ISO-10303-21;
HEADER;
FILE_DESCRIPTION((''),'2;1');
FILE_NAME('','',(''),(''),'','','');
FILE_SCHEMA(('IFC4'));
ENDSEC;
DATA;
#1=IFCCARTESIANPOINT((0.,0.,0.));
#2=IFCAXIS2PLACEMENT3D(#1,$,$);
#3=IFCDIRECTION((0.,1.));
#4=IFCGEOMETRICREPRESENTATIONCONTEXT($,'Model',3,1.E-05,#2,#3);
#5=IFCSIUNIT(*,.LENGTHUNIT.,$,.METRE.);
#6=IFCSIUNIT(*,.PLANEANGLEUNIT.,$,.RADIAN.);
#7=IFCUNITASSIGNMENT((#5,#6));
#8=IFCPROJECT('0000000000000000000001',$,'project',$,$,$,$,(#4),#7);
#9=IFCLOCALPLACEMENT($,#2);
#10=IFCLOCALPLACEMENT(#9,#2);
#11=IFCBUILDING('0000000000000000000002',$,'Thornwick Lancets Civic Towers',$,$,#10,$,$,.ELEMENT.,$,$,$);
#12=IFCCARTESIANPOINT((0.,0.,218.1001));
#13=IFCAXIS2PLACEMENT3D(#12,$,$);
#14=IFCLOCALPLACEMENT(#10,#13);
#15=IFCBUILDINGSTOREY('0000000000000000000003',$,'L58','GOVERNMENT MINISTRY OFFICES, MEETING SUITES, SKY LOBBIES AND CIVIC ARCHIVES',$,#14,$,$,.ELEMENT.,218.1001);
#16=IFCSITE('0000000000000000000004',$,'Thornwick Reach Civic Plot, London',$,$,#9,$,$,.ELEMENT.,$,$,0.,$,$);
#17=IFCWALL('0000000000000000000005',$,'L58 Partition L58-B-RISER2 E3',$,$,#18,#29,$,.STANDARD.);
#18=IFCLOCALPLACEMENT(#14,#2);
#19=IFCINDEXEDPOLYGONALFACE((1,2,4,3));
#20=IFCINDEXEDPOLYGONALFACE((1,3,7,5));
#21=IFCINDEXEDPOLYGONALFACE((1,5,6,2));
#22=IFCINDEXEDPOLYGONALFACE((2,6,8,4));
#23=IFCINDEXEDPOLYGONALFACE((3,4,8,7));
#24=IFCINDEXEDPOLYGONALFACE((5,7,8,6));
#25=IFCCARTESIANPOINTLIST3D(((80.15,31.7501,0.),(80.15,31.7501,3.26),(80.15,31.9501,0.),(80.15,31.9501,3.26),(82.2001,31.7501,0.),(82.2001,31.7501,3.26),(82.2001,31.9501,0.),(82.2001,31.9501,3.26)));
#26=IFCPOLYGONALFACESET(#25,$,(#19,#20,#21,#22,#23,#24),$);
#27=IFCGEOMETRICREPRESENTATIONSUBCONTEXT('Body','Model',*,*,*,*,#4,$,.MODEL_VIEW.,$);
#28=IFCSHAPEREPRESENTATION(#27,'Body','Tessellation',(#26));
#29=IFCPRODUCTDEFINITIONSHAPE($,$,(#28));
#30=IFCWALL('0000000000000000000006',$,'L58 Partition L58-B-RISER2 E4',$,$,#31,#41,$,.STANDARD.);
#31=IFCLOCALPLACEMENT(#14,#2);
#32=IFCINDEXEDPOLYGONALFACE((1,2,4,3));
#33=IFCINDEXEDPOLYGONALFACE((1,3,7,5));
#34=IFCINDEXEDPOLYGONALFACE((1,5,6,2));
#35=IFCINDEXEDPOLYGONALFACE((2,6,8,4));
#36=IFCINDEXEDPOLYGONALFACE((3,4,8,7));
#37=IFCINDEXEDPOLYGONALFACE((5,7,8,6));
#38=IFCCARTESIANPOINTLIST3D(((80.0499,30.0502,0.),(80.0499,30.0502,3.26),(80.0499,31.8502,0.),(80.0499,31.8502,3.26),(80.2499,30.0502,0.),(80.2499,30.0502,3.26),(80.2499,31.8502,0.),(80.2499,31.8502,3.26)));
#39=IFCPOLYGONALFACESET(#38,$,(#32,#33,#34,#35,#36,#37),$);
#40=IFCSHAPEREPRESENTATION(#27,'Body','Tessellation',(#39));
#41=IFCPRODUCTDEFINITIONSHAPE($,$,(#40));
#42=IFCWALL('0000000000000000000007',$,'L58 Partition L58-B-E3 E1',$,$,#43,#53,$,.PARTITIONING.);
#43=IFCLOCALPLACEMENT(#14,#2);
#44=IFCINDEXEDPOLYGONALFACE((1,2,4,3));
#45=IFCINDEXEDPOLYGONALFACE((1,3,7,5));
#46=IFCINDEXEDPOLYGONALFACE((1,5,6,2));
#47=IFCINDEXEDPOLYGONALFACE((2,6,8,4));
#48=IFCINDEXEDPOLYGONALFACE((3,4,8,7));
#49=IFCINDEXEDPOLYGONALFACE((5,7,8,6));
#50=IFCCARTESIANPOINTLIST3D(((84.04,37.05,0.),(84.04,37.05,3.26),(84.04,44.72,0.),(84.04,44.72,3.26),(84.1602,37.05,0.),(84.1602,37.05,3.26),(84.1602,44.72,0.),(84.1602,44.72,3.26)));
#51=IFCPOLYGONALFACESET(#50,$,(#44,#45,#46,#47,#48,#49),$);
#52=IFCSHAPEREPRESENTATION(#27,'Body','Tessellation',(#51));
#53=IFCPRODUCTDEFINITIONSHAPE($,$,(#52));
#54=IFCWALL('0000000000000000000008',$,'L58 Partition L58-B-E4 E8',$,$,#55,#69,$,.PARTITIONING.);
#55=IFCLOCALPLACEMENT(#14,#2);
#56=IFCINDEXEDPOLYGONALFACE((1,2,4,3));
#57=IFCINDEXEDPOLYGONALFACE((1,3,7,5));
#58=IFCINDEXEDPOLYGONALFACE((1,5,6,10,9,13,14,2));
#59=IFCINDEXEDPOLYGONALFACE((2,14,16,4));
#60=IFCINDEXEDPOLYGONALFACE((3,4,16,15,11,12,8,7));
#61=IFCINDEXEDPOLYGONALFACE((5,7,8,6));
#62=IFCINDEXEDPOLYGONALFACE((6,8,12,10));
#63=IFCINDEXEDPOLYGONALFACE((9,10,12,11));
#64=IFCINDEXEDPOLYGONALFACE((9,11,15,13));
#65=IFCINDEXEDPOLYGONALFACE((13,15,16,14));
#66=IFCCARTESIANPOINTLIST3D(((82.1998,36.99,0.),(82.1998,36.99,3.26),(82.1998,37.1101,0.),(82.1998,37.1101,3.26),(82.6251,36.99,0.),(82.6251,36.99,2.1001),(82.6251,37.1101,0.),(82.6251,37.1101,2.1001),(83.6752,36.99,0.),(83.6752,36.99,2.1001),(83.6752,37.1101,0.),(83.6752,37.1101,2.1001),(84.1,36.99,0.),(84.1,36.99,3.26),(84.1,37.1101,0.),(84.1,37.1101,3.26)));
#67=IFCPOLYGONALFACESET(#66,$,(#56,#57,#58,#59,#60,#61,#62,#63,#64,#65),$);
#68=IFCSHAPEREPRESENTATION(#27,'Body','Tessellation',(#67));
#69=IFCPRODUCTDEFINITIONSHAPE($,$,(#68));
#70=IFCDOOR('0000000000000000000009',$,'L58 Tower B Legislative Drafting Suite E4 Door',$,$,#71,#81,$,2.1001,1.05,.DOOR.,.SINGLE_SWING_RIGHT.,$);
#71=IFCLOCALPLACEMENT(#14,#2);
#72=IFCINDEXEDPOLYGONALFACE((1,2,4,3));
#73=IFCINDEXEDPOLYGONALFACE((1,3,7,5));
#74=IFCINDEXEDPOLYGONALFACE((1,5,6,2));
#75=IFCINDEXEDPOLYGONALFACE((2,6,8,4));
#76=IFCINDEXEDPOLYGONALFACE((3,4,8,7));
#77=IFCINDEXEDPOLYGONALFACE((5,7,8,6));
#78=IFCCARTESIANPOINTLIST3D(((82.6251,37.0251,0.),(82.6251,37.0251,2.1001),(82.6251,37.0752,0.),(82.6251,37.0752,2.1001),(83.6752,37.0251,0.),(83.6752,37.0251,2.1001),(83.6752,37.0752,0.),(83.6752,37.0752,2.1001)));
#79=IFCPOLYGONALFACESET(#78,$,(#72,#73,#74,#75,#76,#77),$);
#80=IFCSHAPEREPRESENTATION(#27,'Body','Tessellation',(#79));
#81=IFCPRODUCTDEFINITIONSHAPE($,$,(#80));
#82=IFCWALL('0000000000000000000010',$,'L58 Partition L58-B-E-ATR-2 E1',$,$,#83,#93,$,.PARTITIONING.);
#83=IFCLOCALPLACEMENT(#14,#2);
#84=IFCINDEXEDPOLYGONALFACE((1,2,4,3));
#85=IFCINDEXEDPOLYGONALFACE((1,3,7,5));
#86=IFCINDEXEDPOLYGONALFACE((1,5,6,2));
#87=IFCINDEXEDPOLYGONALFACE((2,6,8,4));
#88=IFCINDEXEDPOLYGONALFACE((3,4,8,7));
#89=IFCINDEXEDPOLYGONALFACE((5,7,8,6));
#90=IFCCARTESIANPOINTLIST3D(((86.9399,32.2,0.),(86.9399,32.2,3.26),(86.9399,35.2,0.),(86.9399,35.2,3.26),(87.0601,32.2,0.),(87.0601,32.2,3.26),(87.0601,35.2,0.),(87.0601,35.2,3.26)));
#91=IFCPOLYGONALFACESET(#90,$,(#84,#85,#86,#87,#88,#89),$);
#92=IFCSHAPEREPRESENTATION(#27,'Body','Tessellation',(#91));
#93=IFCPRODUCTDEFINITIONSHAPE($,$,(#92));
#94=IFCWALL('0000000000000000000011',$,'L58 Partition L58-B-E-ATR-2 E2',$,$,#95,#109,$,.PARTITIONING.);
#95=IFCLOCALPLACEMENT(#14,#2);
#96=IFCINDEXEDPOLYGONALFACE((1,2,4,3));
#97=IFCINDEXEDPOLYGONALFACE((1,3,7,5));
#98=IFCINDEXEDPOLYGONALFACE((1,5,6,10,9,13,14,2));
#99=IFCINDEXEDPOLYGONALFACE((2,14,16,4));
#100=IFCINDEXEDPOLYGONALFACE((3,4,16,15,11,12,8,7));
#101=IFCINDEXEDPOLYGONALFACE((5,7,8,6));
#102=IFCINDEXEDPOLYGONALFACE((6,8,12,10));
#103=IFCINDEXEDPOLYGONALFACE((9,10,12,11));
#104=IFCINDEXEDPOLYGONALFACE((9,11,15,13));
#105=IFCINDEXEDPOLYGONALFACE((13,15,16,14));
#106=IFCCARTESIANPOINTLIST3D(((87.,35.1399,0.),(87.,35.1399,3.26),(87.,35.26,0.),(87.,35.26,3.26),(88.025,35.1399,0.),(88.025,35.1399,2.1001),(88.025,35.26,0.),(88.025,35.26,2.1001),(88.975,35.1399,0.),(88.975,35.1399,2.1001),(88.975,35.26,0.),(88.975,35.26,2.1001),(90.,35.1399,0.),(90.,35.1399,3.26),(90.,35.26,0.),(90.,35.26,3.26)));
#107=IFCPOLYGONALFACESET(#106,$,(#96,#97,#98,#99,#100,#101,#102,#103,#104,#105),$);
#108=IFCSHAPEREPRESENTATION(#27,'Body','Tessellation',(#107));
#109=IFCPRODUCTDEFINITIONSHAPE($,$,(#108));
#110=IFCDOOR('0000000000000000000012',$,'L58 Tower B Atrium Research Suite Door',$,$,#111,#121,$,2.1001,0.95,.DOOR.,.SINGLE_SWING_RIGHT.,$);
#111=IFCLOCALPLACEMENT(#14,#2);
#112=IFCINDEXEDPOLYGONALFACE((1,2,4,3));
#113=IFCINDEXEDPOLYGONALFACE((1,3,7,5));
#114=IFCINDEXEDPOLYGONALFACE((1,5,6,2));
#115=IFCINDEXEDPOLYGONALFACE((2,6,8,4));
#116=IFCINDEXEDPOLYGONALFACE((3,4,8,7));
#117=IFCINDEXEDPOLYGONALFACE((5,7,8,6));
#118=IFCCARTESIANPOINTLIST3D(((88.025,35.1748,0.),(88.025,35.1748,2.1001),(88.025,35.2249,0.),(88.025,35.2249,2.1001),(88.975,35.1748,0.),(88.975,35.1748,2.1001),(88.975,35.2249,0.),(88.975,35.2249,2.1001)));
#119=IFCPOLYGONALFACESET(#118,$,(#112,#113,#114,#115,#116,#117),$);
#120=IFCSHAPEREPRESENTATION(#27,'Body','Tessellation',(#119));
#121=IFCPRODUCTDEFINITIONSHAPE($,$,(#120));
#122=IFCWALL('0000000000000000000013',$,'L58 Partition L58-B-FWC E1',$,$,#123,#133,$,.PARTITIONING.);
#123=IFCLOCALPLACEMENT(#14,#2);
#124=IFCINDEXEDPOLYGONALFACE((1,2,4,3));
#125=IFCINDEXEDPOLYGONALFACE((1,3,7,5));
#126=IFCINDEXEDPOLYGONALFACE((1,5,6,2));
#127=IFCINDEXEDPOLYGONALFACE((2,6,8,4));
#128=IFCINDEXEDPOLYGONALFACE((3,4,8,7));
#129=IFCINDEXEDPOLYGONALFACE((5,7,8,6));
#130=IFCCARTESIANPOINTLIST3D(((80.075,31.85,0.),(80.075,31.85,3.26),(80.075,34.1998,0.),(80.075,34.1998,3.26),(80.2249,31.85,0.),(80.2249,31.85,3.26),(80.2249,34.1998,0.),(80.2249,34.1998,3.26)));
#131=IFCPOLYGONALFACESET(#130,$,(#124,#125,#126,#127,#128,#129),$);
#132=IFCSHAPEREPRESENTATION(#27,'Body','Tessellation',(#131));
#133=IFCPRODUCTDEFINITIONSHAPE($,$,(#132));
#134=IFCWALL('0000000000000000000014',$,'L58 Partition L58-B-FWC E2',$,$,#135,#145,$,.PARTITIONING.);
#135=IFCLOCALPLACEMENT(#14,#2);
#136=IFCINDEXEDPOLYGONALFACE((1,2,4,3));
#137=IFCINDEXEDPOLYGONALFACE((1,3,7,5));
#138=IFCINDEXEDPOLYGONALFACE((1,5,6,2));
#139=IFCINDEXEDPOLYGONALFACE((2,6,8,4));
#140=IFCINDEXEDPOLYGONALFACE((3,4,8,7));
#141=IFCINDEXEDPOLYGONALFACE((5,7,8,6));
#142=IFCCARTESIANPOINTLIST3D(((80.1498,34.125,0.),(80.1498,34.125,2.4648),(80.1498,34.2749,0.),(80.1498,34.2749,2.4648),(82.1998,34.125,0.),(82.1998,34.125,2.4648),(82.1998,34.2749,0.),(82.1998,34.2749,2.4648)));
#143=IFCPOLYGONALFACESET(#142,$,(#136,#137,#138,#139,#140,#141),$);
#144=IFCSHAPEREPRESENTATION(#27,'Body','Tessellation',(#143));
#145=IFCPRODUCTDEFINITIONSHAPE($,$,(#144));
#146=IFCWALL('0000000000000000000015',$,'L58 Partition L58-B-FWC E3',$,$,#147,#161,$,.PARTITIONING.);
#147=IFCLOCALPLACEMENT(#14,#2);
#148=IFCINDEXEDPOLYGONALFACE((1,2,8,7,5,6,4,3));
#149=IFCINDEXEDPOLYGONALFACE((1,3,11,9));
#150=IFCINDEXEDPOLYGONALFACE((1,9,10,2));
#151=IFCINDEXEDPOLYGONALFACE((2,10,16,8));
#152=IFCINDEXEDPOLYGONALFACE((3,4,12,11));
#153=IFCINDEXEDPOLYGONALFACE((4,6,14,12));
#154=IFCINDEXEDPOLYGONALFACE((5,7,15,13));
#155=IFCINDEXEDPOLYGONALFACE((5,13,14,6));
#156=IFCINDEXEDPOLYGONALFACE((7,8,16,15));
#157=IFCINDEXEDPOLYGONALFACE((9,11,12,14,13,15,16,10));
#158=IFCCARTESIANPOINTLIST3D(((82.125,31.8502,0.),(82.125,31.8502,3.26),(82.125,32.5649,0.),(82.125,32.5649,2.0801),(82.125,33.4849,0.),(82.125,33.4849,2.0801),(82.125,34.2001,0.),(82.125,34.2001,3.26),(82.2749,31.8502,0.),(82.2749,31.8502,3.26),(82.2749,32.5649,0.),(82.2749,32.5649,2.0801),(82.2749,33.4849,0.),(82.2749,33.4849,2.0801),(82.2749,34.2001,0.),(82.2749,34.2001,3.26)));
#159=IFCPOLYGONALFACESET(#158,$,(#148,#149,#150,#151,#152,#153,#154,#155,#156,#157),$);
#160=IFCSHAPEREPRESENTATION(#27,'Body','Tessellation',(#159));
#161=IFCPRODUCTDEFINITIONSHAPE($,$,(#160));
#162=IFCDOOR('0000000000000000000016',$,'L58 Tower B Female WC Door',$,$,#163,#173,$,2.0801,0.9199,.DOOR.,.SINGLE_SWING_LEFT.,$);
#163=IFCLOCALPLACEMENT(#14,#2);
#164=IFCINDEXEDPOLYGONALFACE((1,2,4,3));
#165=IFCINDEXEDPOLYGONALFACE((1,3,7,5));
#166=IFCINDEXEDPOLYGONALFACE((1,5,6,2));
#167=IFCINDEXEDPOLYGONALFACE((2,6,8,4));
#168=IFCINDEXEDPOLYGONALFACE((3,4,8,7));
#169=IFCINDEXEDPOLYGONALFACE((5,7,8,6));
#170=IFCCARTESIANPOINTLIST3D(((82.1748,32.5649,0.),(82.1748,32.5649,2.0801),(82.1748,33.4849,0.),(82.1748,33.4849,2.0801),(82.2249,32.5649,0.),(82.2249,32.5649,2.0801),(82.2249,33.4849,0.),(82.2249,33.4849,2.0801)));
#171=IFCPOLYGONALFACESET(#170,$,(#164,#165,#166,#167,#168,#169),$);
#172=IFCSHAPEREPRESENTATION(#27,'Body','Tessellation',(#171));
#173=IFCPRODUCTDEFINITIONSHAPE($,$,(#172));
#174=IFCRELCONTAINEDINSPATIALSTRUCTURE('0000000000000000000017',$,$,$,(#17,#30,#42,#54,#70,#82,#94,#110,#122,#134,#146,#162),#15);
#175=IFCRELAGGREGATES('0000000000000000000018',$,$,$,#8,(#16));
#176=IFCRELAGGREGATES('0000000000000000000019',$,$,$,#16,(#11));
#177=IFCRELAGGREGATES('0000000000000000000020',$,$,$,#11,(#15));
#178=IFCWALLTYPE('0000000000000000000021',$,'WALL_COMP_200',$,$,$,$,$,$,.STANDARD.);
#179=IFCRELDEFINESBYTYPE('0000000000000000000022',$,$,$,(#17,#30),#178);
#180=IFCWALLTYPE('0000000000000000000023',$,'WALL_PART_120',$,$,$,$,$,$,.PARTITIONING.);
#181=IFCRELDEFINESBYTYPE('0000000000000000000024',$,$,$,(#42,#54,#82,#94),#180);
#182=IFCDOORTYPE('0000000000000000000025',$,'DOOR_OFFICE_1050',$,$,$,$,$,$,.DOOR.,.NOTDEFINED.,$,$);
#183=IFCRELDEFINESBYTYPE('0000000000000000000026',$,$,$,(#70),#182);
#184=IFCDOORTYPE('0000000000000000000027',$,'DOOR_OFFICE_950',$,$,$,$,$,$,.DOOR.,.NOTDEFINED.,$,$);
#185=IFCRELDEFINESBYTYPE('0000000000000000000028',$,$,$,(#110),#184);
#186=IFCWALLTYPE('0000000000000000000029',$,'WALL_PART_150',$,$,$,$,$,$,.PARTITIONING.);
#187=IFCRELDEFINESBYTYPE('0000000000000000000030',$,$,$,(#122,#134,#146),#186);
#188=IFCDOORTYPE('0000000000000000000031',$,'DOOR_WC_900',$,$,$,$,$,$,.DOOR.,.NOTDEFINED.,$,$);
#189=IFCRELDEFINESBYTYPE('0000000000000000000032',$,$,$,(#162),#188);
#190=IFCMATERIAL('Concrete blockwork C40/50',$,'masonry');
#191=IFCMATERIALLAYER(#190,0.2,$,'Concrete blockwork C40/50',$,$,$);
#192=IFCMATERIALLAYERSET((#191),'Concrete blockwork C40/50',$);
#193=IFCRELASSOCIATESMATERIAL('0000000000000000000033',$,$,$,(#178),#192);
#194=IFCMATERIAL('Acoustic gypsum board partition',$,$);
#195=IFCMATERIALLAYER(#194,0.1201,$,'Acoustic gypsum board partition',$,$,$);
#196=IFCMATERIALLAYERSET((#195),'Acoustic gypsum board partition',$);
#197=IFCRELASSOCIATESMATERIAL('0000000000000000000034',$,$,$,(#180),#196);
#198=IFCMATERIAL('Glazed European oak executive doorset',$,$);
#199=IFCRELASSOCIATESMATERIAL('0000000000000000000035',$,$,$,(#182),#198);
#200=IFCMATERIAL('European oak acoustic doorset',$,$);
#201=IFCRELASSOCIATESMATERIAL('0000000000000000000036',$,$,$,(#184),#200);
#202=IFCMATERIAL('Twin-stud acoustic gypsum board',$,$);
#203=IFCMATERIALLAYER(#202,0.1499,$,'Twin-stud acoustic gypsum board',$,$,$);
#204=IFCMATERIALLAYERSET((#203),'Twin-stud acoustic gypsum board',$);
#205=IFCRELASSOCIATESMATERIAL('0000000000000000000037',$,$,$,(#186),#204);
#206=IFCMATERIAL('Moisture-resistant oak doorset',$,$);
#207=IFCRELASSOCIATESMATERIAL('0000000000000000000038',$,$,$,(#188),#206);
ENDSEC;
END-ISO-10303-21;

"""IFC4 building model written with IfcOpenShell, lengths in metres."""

from ifc_helpers import new_model, si_unit, direction, frame, frame_2d, origin, place, context, subcontext, project, spatial, rectangle, extrude, material, layer, layer_set, type_object, element, fill, save


model = new_model("IFC4")

# Units and contexts
model_context = context("Model", 3, precision=1e-05, world=origin(), true_north=direction((0.0, 1.0)))
body_context = subcontext(model_context, "Body", "Model", "MODEL_VIEW")
ifc_project = project(units=[si_unit("LENGTHUNIT", "METRE"), si_unit("PLANEANGLEUNIT", "RADIAN")], contexts=[model_context])

# Site, building, storey
site_placement = place(None, origin())
site = spatial("IfcSite", under=ifc_project, at=site_placement, Name="Thornwick Reach Civic Plot, London", CompositionType="ELEMENT", RefElevation=0.0)
building_placement = place(site_placement, origin())
building = spatial("IfcBuilding", under=site, at=building_placement, Name="Thornwick Lancets Civic Towers", CompositionType="ELEMENT")
storey_placement = place(building_placement, frame((0.0, 0.0, 218.1001)))
storey = spatial("IfcBuildingStorey", under=building, at=storey_placement, Name="L58", Description="GOVERNMENT MINISTRY OFFICES, MEETING SUITES, SKY LOBBIES AND CIVIC ARCHIVES", CompositionType="ELEMENT", Elevation=218.1001)

# Shared definitions
ifc_material_1 = material(Name="Concrete blockwork C40/50", Category="masonry")
ifc_layer_1 = layer(ifc_material_1, 0.2, Name="Concrete blockwork C40/50")
ifc_layer_set_1 = layer_set([ifc_layer_1], Name="Concrete blockwork C40/50")
wall_type_1 = type_object("IfcWallType", Name="WALL_COMP_200", PredefinedType="STANDARD", material=ifc_layer_set_1)

# Walls
wall_1_placement = place(storey_placement, frame((82.2, 31.8501, 0.0), z_axis=(0.0, 0.0, 1.0), x_axis=(-1.0, 0.0, 0.0)))
element("IfcWall", 1, at=wall_1_placement, inside=storey, type_object=wall_type_1, Name="L58 Partition L58-B-RISER2 E3", PredefinedType="STANDARD", context=body_context, shape_type="SweptSolid", body=[
    extrude(rectangle(XDim=2.05, YDim=0.2, at=frame_2d((1.0249, 0.0))), origin(), (0.0, 0.0, 1.0), 3.26),
])
wall_2_placement = place(storey_placement, frame((80.1499, 31.8501, 0.0), z_axis=(0.0, 0.0, 1.0), x_axis=(0.0, -1.0, 0.0)))
element("IfcWall", 2, at=wall_2_placement, inside=storey, type_object=wall_type_1, Name="L58 Partition L58-B-RISER2 E4", PredefinedType="STANDARD", context=body_context, shape_type="SweptSolid", body=[
    extrude(rectangle(XDim=1.8, YDim=0.2, at=frame_2d((0.8999, 0.0))), origin(), (0.0, 0.0, 1.0), 3.26),
])
ifc_material_2 = material(Name="Acoustic gypsum board partition")
ifc_layer_2 = layer(ifc_material_2, 0.1201, Name="Acoustic gypsum board partition")
ifc_layer_set_2 = layer_set([ifc_layer_2], Name="Acoustic gypsum board partition")
wall_type_2 = type_object("IfcWallType", Name="WALL_PART_120", PredefinedType="PARTITIONING", material=ifc_layer_set_2)
wall_3_placement = place(storey_placement, frame((84.1001, 37.05, 0.0), z_axis=(0.0, 0.0, 1.0), x_axis=(0.0, 1.0, 0.0)))
element("IfcWall", 3, at=wall_3_placement, inside=storey, type_object=wall_type_2, Name="L58 Partition L58-B-E3 E1", PredefinedType="PARTITIONING", context=body_context, shape_type="SweptSolid", body=[
    extrude(rectangle(XDim=7.6699, YDim=0.1201, at=frame_2d((3.835, 0.0))), origin(), (0.0, 0.0, 1.0), 3.26),
])

# Wall, opening, door
wall_4_placement = place(storey_placement, frame((84.1001, 37.05, 0.0), z_axis=(0.0, 0.0, 1.0), x_axis=(-1.0, 0.0, 0.0)))
wall_4 = element("IfcWall", 4, at=wall_4_placement, inside=storey, type_object=wall_type_2, Name="L58 Partition L58-B-E4 E8", PredefinedType="PARTITIONING", context=body_context, shape_type="SweptSolid", body=[
    extrude(rectangle(XDim=1.9001, YDim=0.1201, at=frame_2d((0.9502, 0.0))), origin(), (0.0, 0.0, 1.0), 3.26),
])
opening_1_placement = place(wall_4_placement, frame((0.425, 0.0, 0.0)))
opening_1 = element("IfcOpeningElement", 5, at=opening_1_placement, cuts=wall_4, PredefinedType="OPENING", context=body_context, shape_type="SweptSolid", body=[
    extrude(rectangle(XDim=1.05, YDim=2.1001, at=frame_2d((0.5249, 1.05))), frame((0.0, 0.0701, 0.0), z_axis=(0.0, -1.0, 0.0), x_axis=(1.0, 0.0, 0.0)), (0.0, 0.0, 1.0), 0.1401),
])
ifc_material_3 = material(Name="Glazed European oak executive doorset")
door_type_1 = type_object("IfcDoorType", Name="DOOR_OFFICE_1050", OperationType="NOTDEFINED", PredefinedType="DOOR", material=ifc_material_3)
door_1_placement = place(opening_1_placement, origin())
door_1 = element("IfcDoor", 6, at=door_1_placement, inside=storey, type_object=door_type_1, Name="L58 Tower B Legislative Drafting Suite E4 Door", OperationType="SINGLE_SWING_RIGHT", OverallHeight=2.1001, OverallWidth=1.05, PredefinedType="DOOR", context=body_context, shape_type="SweptSolid", body=[
    extrude(rectangle(XDim=1.05, YDim=2.1001, at=frame_2d((0.5249, 1.05))), frame((0.0, 0.0249, 0.0), z_axis=(0.0, -1.0, 0.0), x_axis=(1.0, 0.0, 0.0)), (0.0, 0.0, 1.0), 0.05),
])
fill(opening_1, door_1)

# Wall
wall_5_placement = place(storey_placement, frame((87.0, 32.2, 0.0), z_axis=(0.0, 0.0, 1.0), x_axis=(0.0, 1.0, 0.0)))
element("IfcWall", 7, at=wall_5_placement, inside=storey, type_object=wall_type_2, Name="L58 Partition L58-B-E-ATR-2 E1", PredefinedType="PARTITIONING", context=body_context, shape_type="SweptSolid", body=[
    extrude(rectangle(XDim=3.0, YDim=0.1201, at=frame_2d((1.5, 0.0))), origin(), (0.0, 0.0, 1.0), 3.26),
])

# Wall, opening, door
wall_6_placement = place(storey_placement, frame((87.0, 35.2, 0.0), z_axis=(0.0, 0.0, 1.0), x_axis=(1.0, 0.0, 0.0)))
wall_6 = element("IfcWall", 8, at=wall_6_placement, inside=storey, type_object=wall_type_2, Name="L58 Partition L58-B-E-ATR-2 E2", PredefinedType="PARTITIONING", context=body_context, shape_type="SweptSolid", body=[
    extrude(rectangle(XDim=3.0, YDim=0.1201, at=frame_2d((1.5, 0.0))), origin(), (0.0, 0.0, 1.0), 3.26),
])
opening_2_placement = place(wall_6_placement, frame((1.0249, 0.0, 0.0)))
opening_2 = element("IfcOpeningElement", 9, at=opening_2_placement, cuts=wall_6, PredefinedType="OPENING", context=body_context, shape_type="SweptSolid", body=[
    extrude(rectangle(XDim=0.95, YDim=2.1001, at=frame_2d((0.4751, 1.05))), frame((0.0, 0.0701, 0.0), z_axis=(0.0, -1.0, 0.0), x_axis=(1.0, 0.0, 0.0)), (0.0, 0.0, 1.0), 0.1401),
])
ifc_material_4 = material(Name="European oak acoustic doorset")
door_type_2 = type_object("IfcDoorType", Name="DOOR_OFFICE_950", OperationType="NOTDEFINED", PredefinedType="DOOR", material=ifc_material_4)
door_2_placement = place(opening_2_placement, origin())
door_2 = element("IfcDoor", 10, at=door_2_placement, inside=storey, type_object=door_type_2, Name="L58 Tower B Atrium Research Suite Door", OperationType="SINGLE_SWING_RIGHT", OverallHeight=2.1001, OverallWidth=0.95, PredefinedType="DOOR", context=body_context, shape_type="SweptSolid", body=[
    extrude(rectangle(XDim=0.95, YDim=2.1001, at=frame_2d((0.4751, 1.05))), frame((0.0, 0.0249, 0.0), z_axis=(0.0, -1.0, 0.0), x_axis=(1.0, 0.0, 0.0)), (0.0, 0.0, 1.0), 0.05),
])
fill(opening_2, door_2)

# Walls
ifc_material_5 = material(Name="Twin-stud acoustic gypsum board")
ifc_layer_3 = layer(ifc_material_5, 0.1499, Name="Twin-stud acoustic gypsum board")
ifc_layer_set_3 = layer_set([ifc_layer_3], Name="Twin-stud acoustic gypsum board")
wall_type_3 = type_object("IfcWallType", Name="WALL_PART_150", PredefinedType="PARTITIONING", material=ifc_layer_set_3)
wall_7_placement = place(storey_placement, frame((80.1499, 31.8501, 0.0), z_axis=(0.0, 0.0, 1.0), x_axis=(0.0, 1.0, 0.0)))
element("IfcWall", 11, at=wall_7_placement, inside=storey, type_object=wall_type_3, Name="L58 Partition L58-B-FWC E1", PredefinedType="PARTITIONING", context=body_context, shape_type="SweptSolid", body=[
    extrude(rectangle(XDim=2.3499, YDim=0.1499, at=frame_2d((1.1748, 0.0))), origin(), (0.0, 0.0, 1.0), 3.26),
])
wall_8_placement = place(storey_placement, frame((80.1499, 34.2, 0.0), z_axis=(0.0, 0.0, 1.0), x_axis=(1.0, 0.0, 0.0)))
element("IfcWall", 12, at=wall_8_placement, inside=storey, type_object=wall_type_3, Name="L58 Partition L58-B-FWC E2", PredefinedType="PARTITIONING", context=body_context, shape_type="SweptSolid", body=[
    extrude(rectangle(XDim=2.05, YDim=0.1499, at=frame_2d((1.0249, 0.0))), origin(), (0.0, 0.0, 1.0), 2.4648),
])

# Wall, opening, door
wall_9_placement = place(storey_placement, frame((82.2, 34.2, 0.0), z_axis=(0.0, 0.0, 1.0), x_axis=(0.0, -1.0, 0.0)))
wall_9 = element("IfcWall", 13, at=wall_9_placement, inside=storey, type_object=wall_type_3, Name="L58 Partition L58-B-FWC E3", PredefinedType="PARTITIONING", context=body_context, shape_type="SweptSolid", body=[
    extrude(rectangle(XDim=2.3499, YDim=0.1499, at=frame_2d((1.1748, 0.0))), origin(), (0.0, 0.0, 1.0), 3.26),
])
opening_3_placement = place(wall_9_placement, frame((0.7151, 0.0, 0.0)))
opening_3 = element("IfcOpeningElement", 14, at=opening_3_placement, cuts=wall_9, PredefinedType="OPENING", context=body_context, shape_type="SweptSolid", body=[
    extrude(rectangle(XDim=0.9199, YDim=2.0801, at=frame_2d((0.46, 1.04))), frame((0.0, 0.085, 0.0), z_axis=(0.0, -1.0, 0.0), x_axis=(1.0, 0.0, 0.0)), (0.0, 0.0, 1.0), 0.1699),
])
ifc_material_6 = material(Name="Moisture-resistant oak doorset")
door_type_3 = type_object("IfcDoorType", Name="DOOR_WC_900", OperationType="NOTDEFINED", PredefinedType="DOOR", material=ifc_material_6)
door_3_placement = place(opening_3_placement, origin())
door_3 = element("IfcDoor", 15, at=door_3_placement, inside=storey, type_object=door_type_3, Name="L58 Tower B Female WC Door", OperationType="SINGLE_SWING_LEFT", OverallHeight=2.0801, OverallWidth=0.9199, PredefinedType="DOOR", context=body_context, shape_type="SweptSolid", body=[
    extrude(rectangle(XDim=0.9199, YDim=2.0801, at=frame_2d((0.46, 1.04))), frame((0.0, 0.0249, 0.0), z_axis=(0.0, -1.0, 0.0), x_axis=(1.0, 0.0, 0.0)), (0.0, 0.0, 1.0), 0.05),
])
fill(opening_3, door_3)

save(model, "model.ifc")
